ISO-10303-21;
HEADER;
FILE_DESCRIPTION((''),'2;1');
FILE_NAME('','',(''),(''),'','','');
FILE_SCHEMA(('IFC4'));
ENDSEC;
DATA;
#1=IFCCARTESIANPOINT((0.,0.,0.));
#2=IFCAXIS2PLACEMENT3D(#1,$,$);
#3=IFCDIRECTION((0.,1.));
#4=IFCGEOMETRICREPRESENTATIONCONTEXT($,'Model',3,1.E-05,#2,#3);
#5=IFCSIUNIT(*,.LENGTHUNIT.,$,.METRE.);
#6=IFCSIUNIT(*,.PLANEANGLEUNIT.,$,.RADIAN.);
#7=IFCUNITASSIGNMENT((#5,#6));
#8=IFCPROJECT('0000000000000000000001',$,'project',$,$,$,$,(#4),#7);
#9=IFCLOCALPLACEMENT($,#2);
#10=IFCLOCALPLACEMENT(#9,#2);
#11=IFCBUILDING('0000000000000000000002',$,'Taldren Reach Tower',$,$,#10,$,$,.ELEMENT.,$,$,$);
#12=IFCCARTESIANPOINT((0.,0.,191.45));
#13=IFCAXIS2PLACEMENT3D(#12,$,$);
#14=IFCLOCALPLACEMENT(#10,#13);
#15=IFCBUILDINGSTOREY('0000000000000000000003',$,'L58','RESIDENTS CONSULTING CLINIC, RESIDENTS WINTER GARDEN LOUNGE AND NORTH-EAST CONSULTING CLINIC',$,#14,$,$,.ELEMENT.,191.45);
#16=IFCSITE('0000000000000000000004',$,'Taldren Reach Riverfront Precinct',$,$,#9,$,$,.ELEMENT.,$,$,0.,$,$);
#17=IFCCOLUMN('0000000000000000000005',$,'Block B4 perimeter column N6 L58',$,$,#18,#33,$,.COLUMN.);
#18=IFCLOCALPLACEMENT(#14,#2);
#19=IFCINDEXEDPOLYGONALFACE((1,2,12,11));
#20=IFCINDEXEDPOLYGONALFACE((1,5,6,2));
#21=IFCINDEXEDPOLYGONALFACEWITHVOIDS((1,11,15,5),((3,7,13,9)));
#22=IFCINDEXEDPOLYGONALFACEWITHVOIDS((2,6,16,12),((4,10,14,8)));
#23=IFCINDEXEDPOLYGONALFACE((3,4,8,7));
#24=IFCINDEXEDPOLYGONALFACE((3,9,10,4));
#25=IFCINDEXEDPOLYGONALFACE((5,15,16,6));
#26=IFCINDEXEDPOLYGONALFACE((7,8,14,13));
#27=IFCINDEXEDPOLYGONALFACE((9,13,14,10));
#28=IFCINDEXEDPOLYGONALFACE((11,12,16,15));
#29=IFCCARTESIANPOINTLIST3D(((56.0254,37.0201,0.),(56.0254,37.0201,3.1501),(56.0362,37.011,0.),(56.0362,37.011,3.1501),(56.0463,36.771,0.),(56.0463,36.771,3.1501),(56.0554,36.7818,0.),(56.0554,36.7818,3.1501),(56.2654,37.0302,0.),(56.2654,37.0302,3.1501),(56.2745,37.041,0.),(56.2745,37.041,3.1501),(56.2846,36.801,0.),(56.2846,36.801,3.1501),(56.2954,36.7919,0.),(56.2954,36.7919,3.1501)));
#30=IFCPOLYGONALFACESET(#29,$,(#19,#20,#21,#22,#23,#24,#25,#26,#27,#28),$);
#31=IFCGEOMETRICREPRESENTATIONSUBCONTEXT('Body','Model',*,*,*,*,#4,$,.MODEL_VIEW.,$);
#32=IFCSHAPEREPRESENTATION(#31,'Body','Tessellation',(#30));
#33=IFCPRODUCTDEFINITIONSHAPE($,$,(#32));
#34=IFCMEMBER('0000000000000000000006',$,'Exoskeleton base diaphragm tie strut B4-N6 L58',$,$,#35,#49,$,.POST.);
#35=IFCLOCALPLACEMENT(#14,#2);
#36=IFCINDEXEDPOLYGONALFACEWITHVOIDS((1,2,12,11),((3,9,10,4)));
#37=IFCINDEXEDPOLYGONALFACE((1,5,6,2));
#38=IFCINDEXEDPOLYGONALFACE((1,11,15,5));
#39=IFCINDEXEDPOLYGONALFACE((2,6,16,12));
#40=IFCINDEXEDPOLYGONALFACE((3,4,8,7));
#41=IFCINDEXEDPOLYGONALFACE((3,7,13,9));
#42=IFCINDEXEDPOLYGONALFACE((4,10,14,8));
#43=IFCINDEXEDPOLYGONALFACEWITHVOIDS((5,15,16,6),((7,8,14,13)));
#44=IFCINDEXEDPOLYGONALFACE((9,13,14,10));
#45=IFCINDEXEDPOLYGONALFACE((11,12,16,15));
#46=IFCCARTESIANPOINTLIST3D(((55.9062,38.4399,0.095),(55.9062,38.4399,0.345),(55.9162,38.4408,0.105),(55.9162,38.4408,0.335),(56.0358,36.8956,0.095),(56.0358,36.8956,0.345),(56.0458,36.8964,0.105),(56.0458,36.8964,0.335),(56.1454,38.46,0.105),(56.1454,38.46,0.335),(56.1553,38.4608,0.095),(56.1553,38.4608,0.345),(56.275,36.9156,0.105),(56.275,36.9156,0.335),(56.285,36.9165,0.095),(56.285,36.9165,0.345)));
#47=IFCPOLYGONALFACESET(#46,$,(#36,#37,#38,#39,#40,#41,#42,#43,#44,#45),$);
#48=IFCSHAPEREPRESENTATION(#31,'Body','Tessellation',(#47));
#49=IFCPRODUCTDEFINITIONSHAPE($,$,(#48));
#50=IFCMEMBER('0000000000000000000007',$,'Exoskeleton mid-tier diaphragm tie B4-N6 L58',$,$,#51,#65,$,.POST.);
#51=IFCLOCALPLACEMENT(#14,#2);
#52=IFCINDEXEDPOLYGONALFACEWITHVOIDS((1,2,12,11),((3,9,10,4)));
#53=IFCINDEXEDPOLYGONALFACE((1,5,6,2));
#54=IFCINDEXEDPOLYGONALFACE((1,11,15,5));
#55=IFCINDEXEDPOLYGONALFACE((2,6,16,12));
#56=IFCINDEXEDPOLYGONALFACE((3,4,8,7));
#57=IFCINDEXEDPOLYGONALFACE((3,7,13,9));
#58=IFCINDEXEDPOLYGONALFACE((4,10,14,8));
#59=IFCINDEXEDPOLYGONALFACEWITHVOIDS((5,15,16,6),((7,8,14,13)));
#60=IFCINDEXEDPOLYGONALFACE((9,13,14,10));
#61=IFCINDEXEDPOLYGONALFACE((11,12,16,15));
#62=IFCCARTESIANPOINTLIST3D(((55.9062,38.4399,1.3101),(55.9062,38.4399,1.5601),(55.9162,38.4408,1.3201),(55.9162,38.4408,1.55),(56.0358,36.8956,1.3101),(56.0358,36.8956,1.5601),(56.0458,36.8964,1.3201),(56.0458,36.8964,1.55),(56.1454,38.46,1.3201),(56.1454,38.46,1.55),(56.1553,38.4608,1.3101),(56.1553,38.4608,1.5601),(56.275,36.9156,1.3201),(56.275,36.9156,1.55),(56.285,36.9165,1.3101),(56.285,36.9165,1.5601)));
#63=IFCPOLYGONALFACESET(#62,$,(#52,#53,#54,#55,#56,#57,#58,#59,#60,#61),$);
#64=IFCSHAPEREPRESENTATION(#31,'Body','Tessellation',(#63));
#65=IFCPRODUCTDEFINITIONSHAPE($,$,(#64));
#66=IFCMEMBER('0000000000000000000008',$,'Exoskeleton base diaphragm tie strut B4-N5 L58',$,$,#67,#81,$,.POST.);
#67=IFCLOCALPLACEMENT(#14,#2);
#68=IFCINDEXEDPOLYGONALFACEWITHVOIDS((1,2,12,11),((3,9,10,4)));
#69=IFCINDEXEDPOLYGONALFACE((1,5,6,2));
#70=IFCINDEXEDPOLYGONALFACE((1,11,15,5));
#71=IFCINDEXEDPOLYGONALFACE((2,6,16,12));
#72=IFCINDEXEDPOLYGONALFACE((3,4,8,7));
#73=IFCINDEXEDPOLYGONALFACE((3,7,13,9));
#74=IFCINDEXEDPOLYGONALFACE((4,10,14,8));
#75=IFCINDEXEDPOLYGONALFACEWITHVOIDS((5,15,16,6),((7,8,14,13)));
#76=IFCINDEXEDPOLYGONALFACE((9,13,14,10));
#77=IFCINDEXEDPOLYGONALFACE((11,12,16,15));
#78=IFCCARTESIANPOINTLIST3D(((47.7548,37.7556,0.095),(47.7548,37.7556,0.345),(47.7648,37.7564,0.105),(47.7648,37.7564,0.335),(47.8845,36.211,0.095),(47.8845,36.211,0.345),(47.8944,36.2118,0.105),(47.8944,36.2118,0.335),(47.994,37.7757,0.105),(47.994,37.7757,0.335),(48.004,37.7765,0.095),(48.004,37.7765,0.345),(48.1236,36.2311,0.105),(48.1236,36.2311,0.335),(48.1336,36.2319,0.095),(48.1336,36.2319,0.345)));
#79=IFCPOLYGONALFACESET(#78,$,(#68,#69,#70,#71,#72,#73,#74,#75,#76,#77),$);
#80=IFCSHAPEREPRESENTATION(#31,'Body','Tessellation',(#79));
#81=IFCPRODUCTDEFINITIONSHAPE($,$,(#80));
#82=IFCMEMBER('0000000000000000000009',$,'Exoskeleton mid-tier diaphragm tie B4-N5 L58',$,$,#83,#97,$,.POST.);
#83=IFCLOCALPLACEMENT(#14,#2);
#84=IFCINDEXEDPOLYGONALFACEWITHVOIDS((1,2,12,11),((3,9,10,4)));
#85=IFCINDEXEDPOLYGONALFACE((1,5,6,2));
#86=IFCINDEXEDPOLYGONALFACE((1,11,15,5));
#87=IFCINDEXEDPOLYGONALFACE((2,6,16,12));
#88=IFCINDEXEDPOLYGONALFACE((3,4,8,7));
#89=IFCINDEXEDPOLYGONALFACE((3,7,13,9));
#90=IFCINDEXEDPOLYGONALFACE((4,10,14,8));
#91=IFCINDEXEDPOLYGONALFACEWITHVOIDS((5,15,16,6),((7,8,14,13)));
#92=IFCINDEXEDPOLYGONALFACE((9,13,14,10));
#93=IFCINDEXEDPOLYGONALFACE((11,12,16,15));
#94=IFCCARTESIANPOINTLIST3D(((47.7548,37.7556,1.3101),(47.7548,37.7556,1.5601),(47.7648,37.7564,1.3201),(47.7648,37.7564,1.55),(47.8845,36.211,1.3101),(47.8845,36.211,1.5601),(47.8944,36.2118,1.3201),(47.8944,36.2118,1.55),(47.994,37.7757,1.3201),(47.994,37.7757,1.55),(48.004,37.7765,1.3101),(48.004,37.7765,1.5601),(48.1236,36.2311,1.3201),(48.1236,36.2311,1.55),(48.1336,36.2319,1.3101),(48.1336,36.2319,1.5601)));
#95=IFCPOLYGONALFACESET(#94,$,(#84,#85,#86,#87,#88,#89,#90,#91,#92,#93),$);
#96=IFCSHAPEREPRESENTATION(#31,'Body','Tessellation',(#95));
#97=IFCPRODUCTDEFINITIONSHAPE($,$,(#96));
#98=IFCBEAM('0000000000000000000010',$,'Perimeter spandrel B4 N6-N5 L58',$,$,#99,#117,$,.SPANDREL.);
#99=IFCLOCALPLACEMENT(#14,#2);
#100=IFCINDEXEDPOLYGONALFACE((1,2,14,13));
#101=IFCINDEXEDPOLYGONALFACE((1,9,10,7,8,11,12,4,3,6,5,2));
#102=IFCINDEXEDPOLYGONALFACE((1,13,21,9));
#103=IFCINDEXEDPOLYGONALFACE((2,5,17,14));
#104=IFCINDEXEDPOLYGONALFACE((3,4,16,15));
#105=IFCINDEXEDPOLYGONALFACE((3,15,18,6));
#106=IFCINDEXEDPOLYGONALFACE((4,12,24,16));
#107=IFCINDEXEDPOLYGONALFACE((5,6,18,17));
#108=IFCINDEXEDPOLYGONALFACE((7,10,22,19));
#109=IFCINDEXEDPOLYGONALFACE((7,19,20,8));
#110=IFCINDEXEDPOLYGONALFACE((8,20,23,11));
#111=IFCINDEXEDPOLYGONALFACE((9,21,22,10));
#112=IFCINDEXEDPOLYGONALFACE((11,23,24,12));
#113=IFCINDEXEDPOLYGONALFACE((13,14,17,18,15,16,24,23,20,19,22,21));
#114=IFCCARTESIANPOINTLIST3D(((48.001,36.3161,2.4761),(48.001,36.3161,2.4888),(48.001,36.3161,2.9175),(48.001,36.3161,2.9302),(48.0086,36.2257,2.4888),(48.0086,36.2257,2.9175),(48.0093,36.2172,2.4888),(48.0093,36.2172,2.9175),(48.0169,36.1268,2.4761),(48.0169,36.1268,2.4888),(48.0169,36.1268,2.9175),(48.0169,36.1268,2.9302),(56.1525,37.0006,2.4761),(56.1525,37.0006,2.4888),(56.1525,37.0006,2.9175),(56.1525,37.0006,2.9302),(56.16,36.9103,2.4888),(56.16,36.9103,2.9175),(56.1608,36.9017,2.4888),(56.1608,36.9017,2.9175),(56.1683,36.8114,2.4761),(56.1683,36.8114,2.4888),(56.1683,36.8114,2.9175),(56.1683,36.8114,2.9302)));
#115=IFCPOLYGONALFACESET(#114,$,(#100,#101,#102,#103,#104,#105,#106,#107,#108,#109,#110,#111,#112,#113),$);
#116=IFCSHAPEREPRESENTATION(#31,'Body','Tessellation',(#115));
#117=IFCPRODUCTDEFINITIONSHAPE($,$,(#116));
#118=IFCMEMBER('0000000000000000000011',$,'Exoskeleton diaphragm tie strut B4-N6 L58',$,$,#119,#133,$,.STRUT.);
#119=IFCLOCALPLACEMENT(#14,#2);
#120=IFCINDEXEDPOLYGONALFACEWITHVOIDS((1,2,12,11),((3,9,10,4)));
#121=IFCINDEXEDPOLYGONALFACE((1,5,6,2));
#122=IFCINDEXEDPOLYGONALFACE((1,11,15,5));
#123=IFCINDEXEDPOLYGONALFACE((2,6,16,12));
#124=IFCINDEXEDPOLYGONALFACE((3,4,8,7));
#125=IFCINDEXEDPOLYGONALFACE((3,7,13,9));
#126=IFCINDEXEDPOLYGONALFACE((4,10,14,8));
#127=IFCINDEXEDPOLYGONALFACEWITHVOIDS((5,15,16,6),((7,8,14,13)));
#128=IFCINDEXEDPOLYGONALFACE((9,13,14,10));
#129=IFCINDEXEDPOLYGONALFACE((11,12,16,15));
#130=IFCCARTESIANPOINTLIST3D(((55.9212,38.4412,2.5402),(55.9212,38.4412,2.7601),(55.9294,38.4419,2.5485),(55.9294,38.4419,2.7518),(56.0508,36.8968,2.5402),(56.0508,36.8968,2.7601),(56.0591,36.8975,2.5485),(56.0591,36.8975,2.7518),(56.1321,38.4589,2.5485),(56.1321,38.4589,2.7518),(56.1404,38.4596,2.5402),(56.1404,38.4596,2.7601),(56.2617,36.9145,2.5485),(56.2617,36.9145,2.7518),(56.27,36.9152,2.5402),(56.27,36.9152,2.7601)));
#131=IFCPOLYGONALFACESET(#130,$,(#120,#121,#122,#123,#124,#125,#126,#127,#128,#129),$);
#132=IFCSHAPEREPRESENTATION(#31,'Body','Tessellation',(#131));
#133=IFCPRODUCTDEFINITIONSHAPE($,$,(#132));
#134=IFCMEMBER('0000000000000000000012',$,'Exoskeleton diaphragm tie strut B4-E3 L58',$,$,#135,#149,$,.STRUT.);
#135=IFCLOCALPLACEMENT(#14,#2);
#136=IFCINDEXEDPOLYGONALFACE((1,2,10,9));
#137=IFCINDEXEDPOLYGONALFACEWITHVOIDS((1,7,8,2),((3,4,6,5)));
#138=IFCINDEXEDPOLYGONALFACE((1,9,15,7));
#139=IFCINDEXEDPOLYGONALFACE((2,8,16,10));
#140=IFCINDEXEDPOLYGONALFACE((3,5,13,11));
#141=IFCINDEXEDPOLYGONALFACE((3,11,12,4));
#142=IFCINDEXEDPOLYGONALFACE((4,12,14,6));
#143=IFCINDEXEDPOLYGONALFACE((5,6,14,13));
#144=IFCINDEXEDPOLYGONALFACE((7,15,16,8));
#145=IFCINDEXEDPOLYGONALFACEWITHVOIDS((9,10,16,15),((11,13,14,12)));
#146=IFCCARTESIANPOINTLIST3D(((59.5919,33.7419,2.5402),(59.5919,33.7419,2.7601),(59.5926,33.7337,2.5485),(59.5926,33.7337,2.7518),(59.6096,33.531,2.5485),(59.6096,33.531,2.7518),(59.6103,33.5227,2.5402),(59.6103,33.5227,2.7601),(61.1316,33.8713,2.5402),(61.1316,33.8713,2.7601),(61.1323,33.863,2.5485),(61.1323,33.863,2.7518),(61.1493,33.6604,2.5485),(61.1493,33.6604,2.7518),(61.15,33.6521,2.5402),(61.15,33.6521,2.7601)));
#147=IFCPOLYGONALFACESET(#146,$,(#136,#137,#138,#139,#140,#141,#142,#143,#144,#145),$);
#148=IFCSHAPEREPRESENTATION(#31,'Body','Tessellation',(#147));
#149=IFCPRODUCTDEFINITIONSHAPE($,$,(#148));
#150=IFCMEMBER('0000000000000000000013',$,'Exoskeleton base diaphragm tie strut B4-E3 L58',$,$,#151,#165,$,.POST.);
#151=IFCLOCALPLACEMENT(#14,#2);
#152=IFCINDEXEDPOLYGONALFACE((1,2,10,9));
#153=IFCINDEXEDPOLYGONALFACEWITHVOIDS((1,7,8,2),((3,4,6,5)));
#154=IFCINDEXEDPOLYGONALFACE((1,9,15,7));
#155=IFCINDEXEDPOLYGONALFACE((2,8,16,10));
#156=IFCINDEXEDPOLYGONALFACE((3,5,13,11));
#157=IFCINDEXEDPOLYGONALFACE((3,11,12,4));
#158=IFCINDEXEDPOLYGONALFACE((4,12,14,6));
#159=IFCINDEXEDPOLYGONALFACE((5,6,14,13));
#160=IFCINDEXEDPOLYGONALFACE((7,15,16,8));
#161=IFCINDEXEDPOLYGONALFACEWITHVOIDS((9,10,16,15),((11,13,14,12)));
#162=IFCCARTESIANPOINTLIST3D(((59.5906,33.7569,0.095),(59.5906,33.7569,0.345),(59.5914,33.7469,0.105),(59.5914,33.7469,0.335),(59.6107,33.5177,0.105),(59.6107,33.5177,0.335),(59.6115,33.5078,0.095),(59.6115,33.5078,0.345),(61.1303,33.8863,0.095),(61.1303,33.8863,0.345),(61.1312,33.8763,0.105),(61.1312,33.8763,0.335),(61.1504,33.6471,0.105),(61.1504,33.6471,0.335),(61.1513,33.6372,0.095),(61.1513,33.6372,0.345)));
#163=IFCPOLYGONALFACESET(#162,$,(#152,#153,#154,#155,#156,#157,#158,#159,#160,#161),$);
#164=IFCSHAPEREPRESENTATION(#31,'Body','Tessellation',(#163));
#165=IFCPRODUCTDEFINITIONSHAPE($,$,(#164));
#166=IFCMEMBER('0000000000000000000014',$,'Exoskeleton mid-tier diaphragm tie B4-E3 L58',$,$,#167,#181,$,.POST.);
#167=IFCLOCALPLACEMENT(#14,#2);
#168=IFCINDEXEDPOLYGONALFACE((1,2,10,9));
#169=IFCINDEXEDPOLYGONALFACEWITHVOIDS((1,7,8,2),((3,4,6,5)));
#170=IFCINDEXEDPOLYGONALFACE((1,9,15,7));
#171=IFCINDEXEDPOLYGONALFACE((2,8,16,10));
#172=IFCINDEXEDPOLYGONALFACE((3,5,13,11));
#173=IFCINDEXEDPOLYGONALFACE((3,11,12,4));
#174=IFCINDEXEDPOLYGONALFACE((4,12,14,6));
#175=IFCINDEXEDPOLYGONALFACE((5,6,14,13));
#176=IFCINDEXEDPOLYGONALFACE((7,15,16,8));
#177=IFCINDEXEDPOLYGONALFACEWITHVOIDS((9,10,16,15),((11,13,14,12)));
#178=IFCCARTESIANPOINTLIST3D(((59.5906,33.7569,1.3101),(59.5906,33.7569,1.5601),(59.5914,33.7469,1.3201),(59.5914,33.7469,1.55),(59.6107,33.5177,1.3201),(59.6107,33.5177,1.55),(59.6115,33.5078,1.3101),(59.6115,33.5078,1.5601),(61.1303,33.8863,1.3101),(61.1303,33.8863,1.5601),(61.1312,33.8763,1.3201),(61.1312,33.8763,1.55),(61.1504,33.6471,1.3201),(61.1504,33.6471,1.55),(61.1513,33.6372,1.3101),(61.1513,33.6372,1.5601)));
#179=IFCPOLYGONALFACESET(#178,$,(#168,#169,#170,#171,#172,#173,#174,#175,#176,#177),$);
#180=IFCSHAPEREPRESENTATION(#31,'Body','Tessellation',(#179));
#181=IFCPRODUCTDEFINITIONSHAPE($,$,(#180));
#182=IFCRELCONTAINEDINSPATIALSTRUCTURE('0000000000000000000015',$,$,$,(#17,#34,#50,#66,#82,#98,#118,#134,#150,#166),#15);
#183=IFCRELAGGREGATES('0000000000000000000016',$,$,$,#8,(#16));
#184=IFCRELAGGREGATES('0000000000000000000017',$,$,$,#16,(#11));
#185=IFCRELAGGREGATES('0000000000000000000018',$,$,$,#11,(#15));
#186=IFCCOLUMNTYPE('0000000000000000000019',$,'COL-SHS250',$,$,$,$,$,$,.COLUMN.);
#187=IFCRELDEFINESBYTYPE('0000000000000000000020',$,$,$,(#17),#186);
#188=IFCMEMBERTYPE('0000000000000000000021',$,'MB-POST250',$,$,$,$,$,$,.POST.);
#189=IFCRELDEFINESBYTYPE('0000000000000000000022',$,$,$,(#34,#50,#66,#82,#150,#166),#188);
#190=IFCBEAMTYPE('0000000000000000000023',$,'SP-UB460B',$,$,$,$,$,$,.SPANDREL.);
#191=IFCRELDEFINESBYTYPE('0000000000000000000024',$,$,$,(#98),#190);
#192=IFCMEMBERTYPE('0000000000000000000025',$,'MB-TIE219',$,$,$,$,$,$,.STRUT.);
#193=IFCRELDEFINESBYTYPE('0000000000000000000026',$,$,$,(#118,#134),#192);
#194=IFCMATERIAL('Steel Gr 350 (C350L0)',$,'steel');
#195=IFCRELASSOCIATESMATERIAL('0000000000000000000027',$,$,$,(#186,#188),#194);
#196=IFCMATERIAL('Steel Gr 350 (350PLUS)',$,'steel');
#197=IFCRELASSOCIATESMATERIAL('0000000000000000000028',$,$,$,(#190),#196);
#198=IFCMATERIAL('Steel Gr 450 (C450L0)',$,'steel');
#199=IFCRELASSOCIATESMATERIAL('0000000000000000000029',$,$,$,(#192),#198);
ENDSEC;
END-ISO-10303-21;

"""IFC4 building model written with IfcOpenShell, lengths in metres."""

from ifc_helpers import new_model, si_unit, direction, frame, origin, origin_2d, place, context, subcontext, project, spatial, hollow_rectangle, i_section, extrude, source, transform, mapped, material, material_profile, profile_set, type_object, element, save


model = new_model("IFC4")

# Units and contexts
model_context = context("Model", 3, precision=1e-05, world=origin(), true_north=direction((0.0, 1.0)))
body_context = subcontext(model_context, "Body", "Model", "MODEL_VIEW")
ifc_project = project(units=[si_unit("LENGTHUNIT", "METRE"), si_unit("PLANEANGLEUNIT", "RADIAN")], contexts=[model_context])

# Site, building, storey
site_placement = place(None, origin())
site = spatial("IfcSite", under=ifc_project, at=site_placement, Name="Taldren Reach Riverfront Precinct", CompositionType="ELEMENT", RefElevation=0.0)
building_placement = place(site_placement, origin())
building = spatial("IfcBuilding", under=site, at=building_placement, Name="Taldren Reach Tower", CompositionType="ELEMENT")
storey_placement = place(building_placement, frame((0.0, 0.0, 191.45)))
storey = spatial("IfcBuildingStorey", under=building, at=storey_placement, Name="L58", Description="RESIDENTS CONSULTING CLINIC, RESIDENTS WINTER GARDEN LOUNGE AND NORTH-EAST CONSULTING CLINIC", CompositionType="ELEMENT", Elevation=191.45)

# Column
ifc_material_1 = material(Name="Steel Gr 350 (C350L0)", Category="steel")
ifc_material_profile_1 = material_profile(ifc_material_1, hollow_rectangle(XDim=0.25, YDim=0.25, WallThickness=0.01, at=origin_2d()), Name="250x250x10.0SHS")
ifc_profile_set_1 = profile_set([ifc_material_profile_1], Name="Steel Gr 350 (C350L0)")
column_type = type_object("IfcColumnType", Name="COL-SHS250", PredefinedType="COLUMN", material=ifc_profile_set_1)
shared_shape_1 = source(origin(), body_context, "Body", "SweptSolid", [
    extrude(hollow_rectangle(XDim=0.25, YDim=0.25, WallThickness=0.01, at=origin_2d()), origin(), (0.0, 0.0, 1.0), 3.1501),
])
column_placement = place(storey_placement, frame((56.1604, 36.906, 0.0), z_axis=(0.0, 0.0, 1.0), x_axis=(0.996493, 0.083678, 0.0)))
element("IfcColumn", 1, at=column_placement, inside=storey, type_object=column_type, Name="Block B4 perimeter column N6 L58", PredefinedType="COLUMN", context=body_context, shape_type="MappedRepresentation", body=[
    mapped(shared_shape_1, transform((0.0, 0.0, 0.0), scale=1.0)),
])

# Members
ifc_material_profile_2 = material_profile(ifc_material_1, hollow_rectangle(XDim=0.25, YDim=0.25, WallThickness=0.01, at=origin_2d()), Name="250x250x10.0SHS")
ifc_profile_set_2 = profile_set([ifc_material_profile_2], Name="Steel Gr 350 (C350L0)")
member_type_1 = type_object("IfcMemberType", Name="MB-POST250", PredefinedType="POST", material=ifc_profile_set_2)
shared_shape_2 = source(origin(), body_context, "Body", "SweptSolid", [
    extrude(hollow_rectangle(XDim=0.25, YDim=0.25, WallThickness=0.01, at=origin_2d()), origin(), (0.0, 0.0, 1.0), 1.5498),
])
for number, where, z_axis, x_axis, name in (
    (2, (56.1604, 36.906, 0.22), (-0.083645, 0.996496, 0.0), (-0.996496, -0.083645, 0.0), "Exoskeleton base diaphragm tie strut B4-N6 L58"),
    (3, (56.1604, 36.906, 1.4351), (-0.083645, 0.996496, 0.0), (-0.996496, -0.083645, 0.0), "Exoskeleton mid-tier diaphragm tie B4-N6 L58"),
):
    element("IfcMember", number, at=place(storey_placement, frame(where, z_axis=z_axis, x_axis=x_axis)), inside=storey, type_object=member_type_1, Name=name, PredefinedType="POST", context=body_context, shape_type="MappedRepresentation", body=[
        mapped(shared_shape_2, transform((0.0, 0.0, 0.0), scale=1.0)),
    ])
shared_shape_3 = source(origin(), body_context, "Body", "SweptSolid", [
    extrude(hollow_rectangle(XDim=0.25, YDim=0.25, WallThickness=0.01, at=origin_2d()), origin(), (0.0, 0.0, 1.0), 1.55),
])
for number, where, z_axis, x_axis, name in (
    (4, (48.009, 36.2214, 0.22), (-0.083632, 0.996497, 0.0), (-0.996497, -0.083632, 0.0), "Exoskeleton base diaphragm tie strut B4-N5 L58"),
    (5, (48.009, 36.2214, 1.4351), (-0.083632, 0.996497, 0.0), (-0.996497, -0.083632, 0.0), "Exoskeleton mid-tier diaphragm tie B4-N5 L58"),
):
    element("IfcMember", number, at=place(storey_placement, frame(where, z_axis=z_axis, x_axis=x_axis)), inside=storey, type_object=member_type_1, Name=name, PredefinedType="POST", context=body_context, shape_type="MappedRepresentation", body=[
        mapped(shared_shape_3, transform((0.0, 0.0, 0.0), scale=1.0)),
    ])

# Beam
ifc_material_2 = material(Name="Steel Gr 350 (350PLUS)", Category="steel")
ifc_material_profile_3 = material_profile(ifc_material_2, i_section(OverallWidth=0.1899, OverallDepth=0.4541, WebThickness=0.0085, FlangeThickness=0.0127, at=origin_2d()), Name="460UB67.1")
ifc_profile_set_3 = profile_set([ifc_material_profile_3], Name="Steel Gr 350 (350PLUS)")
beam_type = type_object("IfcBeamType", Name="SP-UB460B", PredefinedType="SPANDREL", material=ifc_profile_set_3)
shared_shape_4 = source(origin(), body_context, "Body", "SweptSolid", [
    extrude(i_section(OverallWidth=0.1899, OverallDepth=0.4541, WebThickness=0.0085, FlangeThickness=0.0127, at=origin_2d()), origin(), (0.0, 0.0, 1.0), 8.1802),
])
beam_placement = place(storey_placement, frame((56.1604, 36.906, 2.7031), z_axis=(-0.996492, -0.083688, 0.0), x_axis=(0.083688, -0.996492, 0.0)))
element("IfcBeam", 6, at=beam_placement, inside=storey, type_object=beam_type, Name="Perimeter spandrel B4 N6-N5 L58", PredefinedType="SPANDREL", context=body_context, shape_type="MappedRepresentation", body=[
    mapped(shared_shape_4, transform((0.0, 0.0, 0.0), scale=1.0)),
])

# Members
ifc_material_3 = material(Name="Steel Gr 450 (C450L0)", Category="steel")
ifc_material_profile_4 = material_profile(ifc_material_3, hollow_rectangle(XDim=0.22, YDim=0.22, WallThickness=0.0083, at=origin_2d()), Name="220x220x8.2SHS")
ifc_profile_set_4 = profile_set([ifc_material_profile_4], Name="Steel Gr 450 (C450L0)")
member_type_2 = type_object("IfcMemberType", Name="MB-TIE219", PredefinedType="STRUT", material=ifc_profile_set_4)
shared_shape_5 = source(origin(), body_context, "Body", "SweptSolid", [
    extrude(hollow_rectangle(XDim=0.22, YDim=0.22, WallThickness=0.0083, at=origin_2d()), origin(), (0.0, 0.0, 1.0), 1.5498),
])
member_1_placement = place(storey_placement, frame((56.1604, 36.906, 2.6501), z_axis=(-0.083645, 0.996496, 0.0), x_axis=(-0.996496, -0.083645, 0.0)))
element("IfcMember", 7, at=member_1_placement, inside=storey, type_object=member_type_2, Name="Exoskeleton diaphragm tie strut B4-N6 L58", PredefinedType="STRUT", context=body_context, shape_type="MappedRepresentation", body=[
    mapped(shared_shape_5, transform((0.0, 0.0, 0.0), scale=1.0)),
])
shared_shape_6 = source(origin(), body_context, "Body", "SweptSolid", [
    extrude(hollow_rectangle(XDim=0.22, YDim=0.22, WallThickness=0.0083, at=origin_2d()), origin(), (0.0, 0.0, 1.0), 1.5452),
])
member_2_placement = place(storey_placement, frame((59.6011, 33.6323, 2.6501), z_axis=(0.996488, 0.083738, 0.0), x_axis=(-0.083738, 0.996488, 0.0)))
element("IfcMember", 8, at=member_2_placement, inside=storey, type_object=member_type_2, Name="Exoskeleton diaphragm tie strut B4-E3 L58", PredefinedType="STRUT", context=body_context, shape_type="MappedRepresentation", body=[
    mapped(shared_shape_6, transform((0.0, 0.0, 0.0), scale=1.0)),
])
shared_shape_7 = source(origin(), body_context, "Body", "SweptSolid", [
    extrude(hollow_rectangle(XDim=0.25, YDim=0.25, WallThickness=0.01, at=origin_2d()), origin(), (0.0, 0.0, 1.0), 1.5452),
])
for number, where, z_axis, x_axis, name in (
    (9, (59.6011, 33.6323, 0.22), (0.996488, 0.083738, 0.0), (-0.083738, 0.996488, 0.0), "Exoskeleton base diaphragm tie strut B4-E3 L58"),
    (10, (59.6011, 33.6323, 1.4351), (0.996488, 0.083738, 0.0), (-0.083738, 0.996488, 0.0), "Exoskeleton mid-tier diaphragm tie B4-E3 L58"),
):
    element("IfcMember", number, at=place(storey_placement, frame(where, z_axis=z_axis, x_axis=x_axis)), inside=storey, type_object=member_type_1, Name=name, PredefinedType="POST", context=body_context, shape_type="MappedRepresentation", body=[
        mapped(shared_shape_7, transform((0.0, 0.0, 0.0), scale=1.0)),
    ])

save(model, "model.ifc")
